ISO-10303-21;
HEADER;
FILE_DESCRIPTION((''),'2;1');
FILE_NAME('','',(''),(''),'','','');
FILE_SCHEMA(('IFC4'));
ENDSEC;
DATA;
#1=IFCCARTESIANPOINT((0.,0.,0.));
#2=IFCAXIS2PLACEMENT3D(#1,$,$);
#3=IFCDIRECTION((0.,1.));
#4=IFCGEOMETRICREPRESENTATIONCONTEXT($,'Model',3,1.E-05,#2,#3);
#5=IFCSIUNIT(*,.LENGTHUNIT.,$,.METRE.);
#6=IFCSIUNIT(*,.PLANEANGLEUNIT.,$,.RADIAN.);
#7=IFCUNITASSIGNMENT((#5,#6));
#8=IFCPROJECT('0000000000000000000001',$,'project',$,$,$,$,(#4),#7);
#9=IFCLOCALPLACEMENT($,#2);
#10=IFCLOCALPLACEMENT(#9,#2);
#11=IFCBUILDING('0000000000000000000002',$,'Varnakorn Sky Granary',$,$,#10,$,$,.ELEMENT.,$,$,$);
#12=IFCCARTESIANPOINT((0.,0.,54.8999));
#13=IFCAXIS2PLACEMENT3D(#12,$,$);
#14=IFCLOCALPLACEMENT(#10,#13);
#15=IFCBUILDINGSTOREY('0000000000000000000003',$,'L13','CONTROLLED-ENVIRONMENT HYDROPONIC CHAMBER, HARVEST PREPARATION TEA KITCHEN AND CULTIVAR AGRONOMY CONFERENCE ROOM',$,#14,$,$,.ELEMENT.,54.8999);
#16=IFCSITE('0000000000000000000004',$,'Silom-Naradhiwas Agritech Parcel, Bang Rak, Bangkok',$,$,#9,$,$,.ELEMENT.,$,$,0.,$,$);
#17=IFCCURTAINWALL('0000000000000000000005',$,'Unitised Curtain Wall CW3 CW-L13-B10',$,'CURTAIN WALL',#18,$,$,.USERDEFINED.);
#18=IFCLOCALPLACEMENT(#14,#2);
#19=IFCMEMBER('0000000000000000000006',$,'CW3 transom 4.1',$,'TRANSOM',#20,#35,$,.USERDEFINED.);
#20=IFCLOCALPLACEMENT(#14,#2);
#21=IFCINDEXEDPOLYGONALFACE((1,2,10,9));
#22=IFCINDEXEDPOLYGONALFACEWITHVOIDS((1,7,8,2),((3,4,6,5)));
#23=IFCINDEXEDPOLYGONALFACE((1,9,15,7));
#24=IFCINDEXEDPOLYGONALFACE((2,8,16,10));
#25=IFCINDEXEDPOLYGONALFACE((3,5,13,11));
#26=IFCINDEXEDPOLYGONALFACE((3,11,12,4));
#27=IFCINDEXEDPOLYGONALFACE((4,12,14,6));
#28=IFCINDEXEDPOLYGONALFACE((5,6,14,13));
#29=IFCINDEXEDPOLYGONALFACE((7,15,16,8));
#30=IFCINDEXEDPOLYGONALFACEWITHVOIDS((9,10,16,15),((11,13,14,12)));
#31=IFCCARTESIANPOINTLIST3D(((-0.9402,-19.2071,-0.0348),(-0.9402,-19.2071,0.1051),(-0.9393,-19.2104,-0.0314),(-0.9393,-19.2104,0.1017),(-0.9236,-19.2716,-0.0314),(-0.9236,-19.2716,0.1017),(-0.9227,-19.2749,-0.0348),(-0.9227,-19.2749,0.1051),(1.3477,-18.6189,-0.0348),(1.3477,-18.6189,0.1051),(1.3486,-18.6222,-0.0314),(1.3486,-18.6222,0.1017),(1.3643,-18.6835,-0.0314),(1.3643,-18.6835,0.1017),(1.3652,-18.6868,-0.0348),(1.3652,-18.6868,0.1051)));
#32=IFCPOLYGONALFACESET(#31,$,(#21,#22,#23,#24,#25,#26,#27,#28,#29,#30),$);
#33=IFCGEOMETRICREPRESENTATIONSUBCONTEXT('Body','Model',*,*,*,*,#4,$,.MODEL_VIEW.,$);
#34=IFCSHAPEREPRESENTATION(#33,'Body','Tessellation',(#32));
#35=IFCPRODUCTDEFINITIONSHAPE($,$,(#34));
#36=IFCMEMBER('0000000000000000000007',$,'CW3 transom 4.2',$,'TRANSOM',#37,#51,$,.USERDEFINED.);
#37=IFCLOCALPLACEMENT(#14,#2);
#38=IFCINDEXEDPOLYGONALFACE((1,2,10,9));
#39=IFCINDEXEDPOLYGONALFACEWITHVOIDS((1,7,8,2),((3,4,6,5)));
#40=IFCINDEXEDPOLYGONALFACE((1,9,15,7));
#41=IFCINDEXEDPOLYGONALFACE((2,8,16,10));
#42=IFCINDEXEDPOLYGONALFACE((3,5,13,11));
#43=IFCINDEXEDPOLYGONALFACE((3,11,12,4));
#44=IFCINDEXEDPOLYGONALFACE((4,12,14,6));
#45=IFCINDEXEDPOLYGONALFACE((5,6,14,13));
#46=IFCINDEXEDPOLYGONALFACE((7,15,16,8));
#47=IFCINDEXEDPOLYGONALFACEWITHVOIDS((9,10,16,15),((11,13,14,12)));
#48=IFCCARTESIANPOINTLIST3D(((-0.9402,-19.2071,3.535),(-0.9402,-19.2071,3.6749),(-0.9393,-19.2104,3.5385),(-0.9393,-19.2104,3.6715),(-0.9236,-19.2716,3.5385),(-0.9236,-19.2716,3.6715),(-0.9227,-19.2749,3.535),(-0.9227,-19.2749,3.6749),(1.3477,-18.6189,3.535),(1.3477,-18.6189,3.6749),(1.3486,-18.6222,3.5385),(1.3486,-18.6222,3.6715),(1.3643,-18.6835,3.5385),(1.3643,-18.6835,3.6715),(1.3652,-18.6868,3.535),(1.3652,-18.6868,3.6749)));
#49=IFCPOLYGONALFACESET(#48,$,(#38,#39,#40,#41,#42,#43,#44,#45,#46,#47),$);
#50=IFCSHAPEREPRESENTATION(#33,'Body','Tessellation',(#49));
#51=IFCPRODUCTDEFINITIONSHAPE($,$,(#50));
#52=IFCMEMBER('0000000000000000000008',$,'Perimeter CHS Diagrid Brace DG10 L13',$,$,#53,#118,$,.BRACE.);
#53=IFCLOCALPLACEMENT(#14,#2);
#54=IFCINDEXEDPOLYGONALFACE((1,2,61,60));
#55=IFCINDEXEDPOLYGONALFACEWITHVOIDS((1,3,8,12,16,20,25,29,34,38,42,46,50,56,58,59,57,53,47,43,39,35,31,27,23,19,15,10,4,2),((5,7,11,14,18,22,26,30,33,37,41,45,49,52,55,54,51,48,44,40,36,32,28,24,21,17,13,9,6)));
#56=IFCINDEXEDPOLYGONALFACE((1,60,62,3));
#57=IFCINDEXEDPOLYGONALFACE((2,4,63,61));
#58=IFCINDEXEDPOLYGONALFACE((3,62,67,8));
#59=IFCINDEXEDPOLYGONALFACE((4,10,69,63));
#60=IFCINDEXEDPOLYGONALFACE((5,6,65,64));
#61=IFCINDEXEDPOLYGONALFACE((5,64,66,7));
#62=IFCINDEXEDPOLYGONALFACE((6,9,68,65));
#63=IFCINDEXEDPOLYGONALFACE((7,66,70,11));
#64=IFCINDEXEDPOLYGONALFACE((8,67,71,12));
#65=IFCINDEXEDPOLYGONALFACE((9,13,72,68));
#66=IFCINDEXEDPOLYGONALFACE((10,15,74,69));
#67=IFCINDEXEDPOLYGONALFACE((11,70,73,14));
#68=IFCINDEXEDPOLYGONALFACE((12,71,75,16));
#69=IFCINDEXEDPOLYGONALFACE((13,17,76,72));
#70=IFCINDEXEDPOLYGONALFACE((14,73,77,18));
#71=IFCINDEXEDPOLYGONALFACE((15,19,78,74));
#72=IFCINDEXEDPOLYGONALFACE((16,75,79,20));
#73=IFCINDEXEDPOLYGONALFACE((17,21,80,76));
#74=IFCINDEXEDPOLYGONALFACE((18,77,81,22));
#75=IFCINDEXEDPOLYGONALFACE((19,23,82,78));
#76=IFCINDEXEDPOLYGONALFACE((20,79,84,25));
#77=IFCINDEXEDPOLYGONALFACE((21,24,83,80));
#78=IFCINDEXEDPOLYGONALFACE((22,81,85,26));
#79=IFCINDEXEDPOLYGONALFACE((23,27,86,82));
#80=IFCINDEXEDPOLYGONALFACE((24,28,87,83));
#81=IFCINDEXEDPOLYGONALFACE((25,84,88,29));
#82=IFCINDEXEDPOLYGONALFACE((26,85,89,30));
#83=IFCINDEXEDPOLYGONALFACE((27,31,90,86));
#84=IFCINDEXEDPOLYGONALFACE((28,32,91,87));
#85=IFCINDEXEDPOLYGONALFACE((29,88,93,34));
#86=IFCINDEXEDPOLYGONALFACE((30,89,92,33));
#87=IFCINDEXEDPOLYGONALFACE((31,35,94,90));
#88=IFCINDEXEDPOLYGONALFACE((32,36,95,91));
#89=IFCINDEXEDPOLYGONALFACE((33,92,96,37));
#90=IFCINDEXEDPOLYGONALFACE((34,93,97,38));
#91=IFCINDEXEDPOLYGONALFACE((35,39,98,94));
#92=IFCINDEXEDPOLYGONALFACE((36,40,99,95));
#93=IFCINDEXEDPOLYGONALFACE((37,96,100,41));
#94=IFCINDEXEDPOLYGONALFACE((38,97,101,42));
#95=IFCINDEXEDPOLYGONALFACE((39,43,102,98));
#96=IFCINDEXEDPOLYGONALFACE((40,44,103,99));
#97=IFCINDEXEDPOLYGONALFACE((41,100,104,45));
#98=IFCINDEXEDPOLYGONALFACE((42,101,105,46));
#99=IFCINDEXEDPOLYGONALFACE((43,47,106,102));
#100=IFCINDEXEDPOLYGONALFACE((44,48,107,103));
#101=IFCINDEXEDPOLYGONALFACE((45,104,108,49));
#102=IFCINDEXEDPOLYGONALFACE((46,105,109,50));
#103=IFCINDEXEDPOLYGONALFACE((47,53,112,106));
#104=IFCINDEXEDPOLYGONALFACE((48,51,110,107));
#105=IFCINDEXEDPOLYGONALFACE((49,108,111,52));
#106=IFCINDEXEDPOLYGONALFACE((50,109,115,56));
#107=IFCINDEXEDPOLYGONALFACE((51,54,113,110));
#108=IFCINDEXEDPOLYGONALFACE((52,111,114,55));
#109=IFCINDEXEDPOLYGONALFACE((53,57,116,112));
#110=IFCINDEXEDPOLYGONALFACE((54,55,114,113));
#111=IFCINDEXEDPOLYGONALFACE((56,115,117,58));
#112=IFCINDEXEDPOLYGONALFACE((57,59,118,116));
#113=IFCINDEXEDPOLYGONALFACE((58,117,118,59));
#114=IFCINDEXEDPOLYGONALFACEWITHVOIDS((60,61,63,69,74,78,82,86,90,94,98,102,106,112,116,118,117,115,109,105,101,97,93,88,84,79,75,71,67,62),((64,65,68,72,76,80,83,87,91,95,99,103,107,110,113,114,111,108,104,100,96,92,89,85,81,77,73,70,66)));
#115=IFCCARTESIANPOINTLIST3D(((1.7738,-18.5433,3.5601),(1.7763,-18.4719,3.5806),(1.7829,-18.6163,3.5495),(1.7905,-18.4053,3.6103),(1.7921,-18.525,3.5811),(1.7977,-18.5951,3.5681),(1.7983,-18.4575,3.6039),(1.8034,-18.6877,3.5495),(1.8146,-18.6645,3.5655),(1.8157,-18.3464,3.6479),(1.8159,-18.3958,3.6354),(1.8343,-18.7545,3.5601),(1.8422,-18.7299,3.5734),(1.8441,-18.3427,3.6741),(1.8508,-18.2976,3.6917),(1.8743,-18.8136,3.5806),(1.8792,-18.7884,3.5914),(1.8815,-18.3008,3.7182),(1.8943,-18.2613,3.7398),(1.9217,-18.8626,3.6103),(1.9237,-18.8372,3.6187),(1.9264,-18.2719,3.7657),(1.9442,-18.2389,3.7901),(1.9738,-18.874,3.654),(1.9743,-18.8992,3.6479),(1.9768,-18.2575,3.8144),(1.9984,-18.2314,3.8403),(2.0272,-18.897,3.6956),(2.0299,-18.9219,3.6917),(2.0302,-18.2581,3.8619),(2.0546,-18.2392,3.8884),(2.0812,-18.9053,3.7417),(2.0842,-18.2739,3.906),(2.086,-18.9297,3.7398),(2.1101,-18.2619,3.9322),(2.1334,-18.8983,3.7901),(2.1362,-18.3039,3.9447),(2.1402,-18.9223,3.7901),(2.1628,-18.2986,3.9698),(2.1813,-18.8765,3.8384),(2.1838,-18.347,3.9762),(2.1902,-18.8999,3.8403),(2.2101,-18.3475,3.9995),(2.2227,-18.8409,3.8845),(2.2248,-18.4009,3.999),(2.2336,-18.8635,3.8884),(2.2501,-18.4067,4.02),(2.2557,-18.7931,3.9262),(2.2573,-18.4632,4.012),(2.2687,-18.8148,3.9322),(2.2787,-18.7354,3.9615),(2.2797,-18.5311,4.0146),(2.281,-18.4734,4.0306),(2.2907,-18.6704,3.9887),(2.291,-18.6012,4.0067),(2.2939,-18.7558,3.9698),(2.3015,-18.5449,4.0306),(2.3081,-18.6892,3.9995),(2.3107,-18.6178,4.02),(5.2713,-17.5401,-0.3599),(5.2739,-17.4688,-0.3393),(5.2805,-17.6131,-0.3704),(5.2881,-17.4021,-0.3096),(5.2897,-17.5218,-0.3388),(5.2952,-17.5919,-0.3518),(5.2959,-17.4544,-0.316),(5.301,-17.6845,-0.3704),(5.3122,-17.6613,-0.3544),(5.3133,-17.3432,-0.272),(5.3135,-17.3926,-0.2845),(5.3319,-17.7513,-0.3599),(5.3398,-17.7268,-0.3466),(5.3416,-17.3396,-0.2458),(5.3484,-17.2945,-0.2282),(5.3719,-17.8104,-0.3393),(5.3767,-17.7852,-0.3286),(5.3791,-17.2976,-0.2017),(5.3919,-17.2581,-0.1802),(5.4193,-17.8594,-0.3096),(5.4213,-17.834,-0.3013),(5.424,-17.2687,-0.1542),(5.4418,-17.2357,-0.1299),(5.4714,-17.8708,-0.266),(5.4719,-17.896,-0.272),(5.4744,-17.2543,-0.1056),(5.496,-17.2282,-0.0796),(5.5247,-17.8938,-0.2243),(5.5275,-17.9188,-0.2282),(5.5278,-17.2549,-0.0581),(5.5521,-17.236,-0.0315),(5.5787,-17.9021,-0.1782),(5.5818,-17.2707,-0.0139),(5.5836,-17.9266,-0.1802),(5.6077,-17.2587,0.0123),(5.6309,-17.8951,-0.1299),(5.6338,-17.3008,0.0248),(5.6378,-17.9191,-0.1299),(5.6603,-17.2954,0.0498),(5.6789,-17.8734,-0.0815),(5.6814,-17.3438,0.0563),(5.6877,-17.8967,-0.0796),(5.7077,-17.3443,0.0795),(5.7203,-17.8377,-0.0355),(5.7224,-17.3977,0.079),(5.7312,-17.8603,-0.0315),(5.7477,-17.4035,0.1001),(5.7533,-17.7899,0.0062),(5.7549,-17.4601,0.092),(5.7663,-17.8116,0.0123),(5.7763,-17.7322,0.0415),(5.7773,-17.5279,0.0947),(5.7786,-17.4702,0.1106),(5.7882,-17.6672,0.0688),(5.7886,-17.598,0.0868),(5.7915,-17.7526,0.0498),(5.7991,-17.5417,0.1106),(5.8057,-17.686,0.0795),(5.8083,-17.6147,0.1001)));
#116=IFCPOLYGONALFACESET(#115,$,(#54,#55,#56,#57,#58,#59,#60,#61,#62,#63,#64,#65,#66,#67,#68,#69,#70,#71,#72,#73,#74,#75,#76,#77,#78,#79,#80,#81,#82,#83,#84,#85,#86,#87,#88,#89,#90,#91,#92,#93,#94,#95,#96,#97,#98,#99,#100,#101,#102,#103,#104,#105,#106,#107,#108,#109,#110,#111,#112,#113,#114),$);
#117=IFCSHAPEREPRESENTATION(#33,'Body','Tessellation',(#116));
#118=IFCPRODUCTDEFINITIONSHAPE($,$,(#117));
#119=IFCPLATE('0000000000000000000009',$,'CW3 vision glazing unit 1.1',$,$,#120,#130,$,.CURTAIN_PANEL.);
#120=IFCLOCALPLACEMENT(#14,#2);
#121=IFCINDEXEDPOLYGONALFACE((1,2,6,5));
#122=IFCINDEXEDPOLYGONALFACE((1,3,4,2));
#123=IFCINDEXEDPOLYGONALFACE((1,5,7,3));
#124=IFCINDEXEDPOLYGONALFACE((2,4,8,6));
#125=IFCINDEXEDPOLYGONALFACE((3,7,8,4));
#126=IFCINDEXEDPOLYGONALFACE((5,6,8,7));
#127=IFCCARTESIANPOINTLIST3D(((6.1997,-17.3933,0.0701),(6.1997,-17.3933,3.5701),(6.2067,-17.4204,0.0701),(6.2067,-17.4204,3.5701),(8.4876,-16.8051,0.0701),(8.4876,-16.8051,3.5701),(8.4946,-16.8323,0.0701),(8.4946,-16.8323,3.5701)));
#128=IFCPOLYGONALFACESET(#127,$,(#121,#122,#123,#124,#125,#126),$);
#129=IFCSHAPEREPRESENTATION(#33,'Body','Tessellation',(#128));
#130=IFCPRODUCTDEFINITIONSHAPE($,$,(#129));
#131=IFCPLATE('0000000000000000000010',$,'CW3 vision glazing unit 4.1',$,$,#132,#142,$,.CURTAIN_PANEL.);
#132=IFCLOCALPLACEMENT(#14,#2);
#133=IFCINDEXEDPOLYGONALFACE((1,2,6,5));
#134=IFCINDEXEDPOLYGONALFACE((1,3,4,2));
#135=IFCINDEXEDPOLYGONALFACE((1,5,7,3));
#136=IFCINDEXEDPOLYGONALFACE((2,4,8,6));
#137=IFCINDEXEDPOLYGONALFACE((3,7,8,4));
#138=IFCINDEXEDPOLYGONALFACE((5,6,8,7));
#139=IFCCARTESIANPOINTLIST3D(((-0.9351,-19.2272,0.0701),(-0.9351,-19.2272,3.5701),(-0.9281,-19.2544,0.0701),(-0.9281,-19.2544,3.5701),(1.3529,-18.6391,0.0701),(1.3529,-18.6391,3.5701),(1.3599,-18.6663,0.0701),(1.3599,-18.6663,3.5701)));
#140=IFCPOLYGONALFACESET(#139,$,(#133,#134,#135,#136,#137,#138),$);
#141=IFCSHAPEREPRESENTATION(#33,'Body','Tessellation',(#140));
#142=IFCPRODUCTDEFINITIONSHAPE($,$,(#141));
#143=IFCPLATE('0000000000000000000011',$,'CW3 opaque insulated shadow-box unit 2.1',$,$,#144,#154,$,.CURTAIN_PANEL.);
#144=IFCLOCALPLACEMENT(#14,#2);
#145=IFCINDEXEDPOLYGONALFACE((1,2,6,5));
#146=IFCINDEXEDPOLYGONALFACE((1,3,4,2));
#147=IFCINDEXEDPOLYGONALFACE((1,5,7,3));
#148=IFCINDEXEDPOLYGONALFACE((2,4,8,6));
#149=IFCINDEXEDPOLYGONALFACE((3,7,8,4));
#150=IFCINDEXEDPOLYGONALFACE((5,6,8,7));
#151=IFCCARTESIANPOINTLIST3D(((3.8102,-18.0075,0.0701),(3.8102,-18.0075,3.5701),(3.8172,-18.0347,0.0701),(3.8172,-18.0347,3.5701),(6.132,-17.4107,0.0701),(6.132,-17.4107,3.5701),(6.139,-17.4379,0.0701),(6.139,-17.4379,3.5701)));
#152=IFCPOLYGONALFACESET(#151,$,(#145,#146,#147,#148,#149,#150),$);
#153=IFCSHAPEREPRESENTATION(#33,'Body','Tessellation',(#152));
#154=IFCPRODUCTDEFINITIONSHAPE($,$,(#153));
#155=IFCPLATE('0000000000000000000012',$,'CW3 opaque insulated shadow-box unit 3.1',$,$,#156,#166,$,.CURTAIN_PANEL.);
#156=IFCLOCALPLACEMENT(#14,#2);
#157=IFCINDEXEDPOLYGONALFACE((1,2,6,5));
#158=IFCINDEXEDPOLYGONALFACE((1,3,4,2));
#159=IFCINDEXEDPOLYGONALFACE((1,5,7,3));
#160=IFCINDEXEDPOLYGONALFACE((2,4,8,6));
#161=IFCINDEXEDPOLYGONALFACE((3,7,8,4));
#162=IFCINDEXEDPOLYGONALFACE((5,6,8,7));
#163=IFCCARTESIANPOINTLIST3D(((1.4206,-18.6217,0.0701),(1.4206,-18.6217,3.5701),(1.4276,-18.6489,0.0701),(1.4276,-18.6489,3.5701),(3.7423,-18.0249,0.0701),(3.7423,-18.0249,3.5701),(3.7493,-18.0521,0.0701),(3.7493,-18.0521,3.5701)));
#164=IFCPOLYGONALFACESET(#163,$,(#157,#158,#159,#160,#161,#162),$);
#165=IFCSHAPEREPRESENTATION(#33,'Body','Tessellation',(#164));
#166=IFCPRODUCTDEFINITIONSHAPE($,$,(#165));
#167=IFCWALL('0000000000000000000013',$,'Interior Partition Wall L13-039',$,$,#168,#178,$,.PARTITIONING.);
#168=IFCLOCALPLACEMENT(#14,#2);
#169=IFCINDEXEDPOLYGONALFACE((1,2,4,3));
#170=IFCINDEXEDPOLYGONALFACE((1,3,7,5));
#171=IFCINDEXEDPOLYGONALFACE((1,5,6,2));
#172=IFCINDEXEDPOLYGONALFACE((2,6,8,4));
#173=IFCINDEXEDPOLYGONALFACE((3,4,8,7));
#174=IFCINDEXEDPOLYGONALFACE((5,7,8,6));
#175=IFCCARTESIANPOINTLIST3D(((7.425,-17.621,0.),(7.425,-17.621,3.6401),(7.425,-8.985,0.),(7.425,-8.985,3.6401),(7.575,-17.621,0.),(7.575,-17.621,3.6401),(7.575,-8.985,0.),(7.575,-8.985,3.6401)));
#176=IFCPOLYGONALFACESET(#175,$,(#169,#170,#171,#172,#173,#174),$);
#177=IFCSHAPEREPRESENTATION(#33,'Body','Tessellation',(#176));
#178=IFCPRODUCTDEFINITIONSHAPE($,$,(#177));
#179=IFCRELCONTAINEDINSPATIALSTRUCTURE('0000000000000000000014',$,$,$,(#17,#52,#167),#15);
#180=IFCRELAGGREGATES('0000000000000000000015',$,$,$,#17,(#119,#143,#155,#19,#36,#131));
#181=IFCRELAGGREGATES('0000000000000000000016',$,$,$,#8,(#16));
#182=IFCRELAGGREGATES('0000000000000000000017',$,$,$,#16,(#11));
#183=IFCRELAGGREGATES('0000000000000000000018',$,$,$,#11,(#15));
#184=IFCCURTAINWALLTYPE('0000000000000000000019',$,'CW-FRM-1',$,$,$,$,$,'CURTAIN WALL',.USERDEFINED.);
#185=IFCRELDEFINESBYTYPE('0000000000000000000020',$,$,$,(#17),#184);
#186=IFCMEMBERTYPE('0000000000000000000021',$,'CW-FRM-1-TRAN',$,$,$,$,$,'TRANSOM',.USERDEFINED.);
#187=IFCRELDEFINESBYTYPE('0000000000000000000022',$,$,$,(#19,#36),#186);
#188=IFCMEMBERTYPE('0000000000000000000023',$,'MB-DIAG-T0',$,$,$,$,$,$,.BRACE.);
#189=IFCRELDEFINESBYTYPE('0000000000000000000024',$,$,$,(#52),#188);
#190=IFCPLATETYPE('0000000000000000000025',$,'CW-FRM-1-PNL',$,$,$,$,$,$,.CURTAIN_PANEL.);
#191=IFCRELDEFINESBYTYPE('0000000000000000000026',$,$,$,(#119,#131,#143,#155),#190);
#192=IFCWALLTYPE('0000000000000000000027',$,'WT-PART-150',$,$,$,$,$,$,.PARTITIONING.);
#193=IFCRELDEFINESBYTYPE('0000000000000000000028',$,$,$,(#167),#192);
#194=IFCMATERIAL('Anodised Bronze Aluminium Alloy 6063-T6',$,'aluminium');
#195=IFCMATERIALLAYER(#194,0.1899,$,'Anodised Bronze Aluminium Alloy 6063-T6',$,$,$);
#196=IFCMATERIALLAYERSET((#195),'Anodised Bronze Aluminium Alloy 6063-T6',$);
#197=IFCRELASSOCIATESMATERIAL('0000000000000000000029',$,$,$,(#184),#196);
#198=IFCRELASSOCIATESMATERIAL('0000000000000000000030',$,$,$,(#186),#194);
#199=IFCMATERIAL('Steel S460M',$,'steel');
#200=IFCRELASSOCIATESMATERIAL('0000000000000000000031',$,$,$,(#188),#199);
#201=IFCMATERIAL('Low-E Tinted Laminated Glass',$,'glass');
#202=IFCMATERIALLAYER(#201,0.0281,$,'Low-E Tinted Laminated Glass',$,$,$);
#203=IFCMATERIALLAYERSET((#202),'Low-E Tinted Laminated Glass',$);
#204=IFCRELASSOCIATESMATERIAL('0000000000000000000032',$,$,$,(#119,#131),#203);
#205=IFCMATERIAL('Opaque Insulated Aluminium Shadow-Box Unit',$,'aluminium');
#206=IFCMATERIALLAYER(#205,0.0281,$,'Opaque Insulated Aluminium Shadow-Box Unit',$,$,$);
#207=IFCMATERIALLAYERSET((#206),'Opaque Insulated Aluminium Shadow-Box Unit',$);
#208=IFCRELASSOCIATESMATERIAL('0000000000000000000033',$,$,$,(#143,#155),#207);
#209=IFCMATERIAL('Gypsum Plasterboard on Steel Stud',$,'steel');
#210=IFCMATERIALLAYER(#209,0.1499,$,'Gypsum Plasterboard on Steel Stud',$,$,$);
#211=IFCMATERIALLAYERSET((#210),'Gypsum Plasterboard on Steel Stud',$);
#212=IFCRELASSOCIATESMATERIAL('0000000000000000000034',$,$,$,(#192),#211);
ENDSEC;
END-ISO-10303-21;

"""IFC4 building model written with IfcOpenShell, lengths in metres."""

from ifc_helpers import new_model, si_unit, direction, frame, frame_2d, origin, origin_2d, place, context, subcontext, project, spatial, rectangle, hollow_rectangle, hollow_circle, extrude, source, transform, mapped, material, layer, layer_set, material_profile, profile_set, type_object, type_shapes, element, aggregate, save


model = new_model("IFC4")

# Units and contexts
model_context = context("Model", 3, precision=1e-05, world=origin(), true_north=direction((0.0, 1.0)))
body_context = subcontext(model_context, "Body", "Model", "MODEL_VIEW")
ifc_project = project(units=[si_unit("LENGTHUNIT", "METRE"), si_unit("PLANEANGLEUNIT", "RADIAN")], contexts=[model_context])

# Site, building, storey
site_placement = place(None, origin())
site = spatial("IfcSite", under=ifc_project, at=site_placement, Name="Silom-Naradhiwas Agritech Parcel, Bang Rak, Bangkok", CompositionType="ELEMENT", RefElevation=0.0)
building_placement = place(site_placement, origin())
building = spatial("IfcBuilding", under=site, at=building_placement, Name="Varnakorn Sky Granary", CompositionType="ELEMENT")
storey_placement = place(building_placement, frame((0.0, 0.0, 54.8999)))
storey = spatial("IfcBuildingStorey", under=building, at=storey_placement, Name="L13", Description="CONTROLLED-ENVIRONMENT HYDROPONIC CHAMBER, HARVEST PREPARATION TEA KITCHEN AND CULTIVAR AGRONOMY CONFERENCE ROOM", CompositionType="ELEMENT", Elevation=54.8999)

# Curtain wall, members
ifc_material_1 = material(Name="Anodised Bronze Aluminium Alloy 6063-T6", Category="aluminium")
ifc_layer_1 = layer(ifc_material_1, 0.1899, Name="Anodised Bronze Aluminium Alloy 6063-T6")
ifc_layer_set_1 = layer_set([ifc_layer_1], Name="Anodised Bronze Aluminium Alloy 6063-T6")
curtain_wall_type = type_object("IfcCurtainWallType", Name="CW-FRM-1", ElementType="CURTAIN WALL", PredefinedType="USERDEFINED", material=ifc_layer_set_1)
curtain_wall_placement = place(storey_placement, origin())
curtain_wall = element("IfcCurtainWall", 1, at=curtain_wall_placement, inside=storey, type_object=curtain_wall_type, Name="Unitised Curtain Wall CW3 CW-L13-B10", ObjectType="CURTAIN WALL", PredefinedType="USERDEFINED")
ifc_material_profile_1 = material_profile(ifc_material_1, hollow_rectangle(XDim=0.0701, YDim=0.1399, WallThickness=0.0034, at=origin_2d()), Name="ALU TRAN 70x140")
ifc_profile_set_1 = profile_set([ifc_material_profile_1], Name="Anodised Bronze Aluminium Alloy 6063-T6")
member_type_1 = type_object("IfcMemberType", Name="CW-FRM-1-TRAN", ElementType="TRANSOM", PredefinedType="USERDEFINED", material=ifc_profile_set_1)
member_1_placement = place(storey_placement, frame((1.3564, -18.6528, 0.0352), z_axis=(-0.96851, -0.248975, 0.0), x_axis=(0.248975, -0.96851, 0.0)))
member_1 = element("IfcMember", 2, at=member_1_placement, type_object=member_type_1, Name="CW3 transom 4.1", ObjectType="TRANSOM", PredefinedType="USERDEFINED", context=body_context, shape_type="SweptSolid", body=[
    extrude(hollow_rectangle(XDim=0.0701, YDim=0.1399, WallThickness=0.0034, at=origin_2d()), origin(), (0.0, 0.0, 1.0), 2.3623),
])
member_2_placement = place(storey_placement, frame((1.3564, -18.6528, 3.605), z_axis=(-0.96851, -0.248975, 0.0), x_axis=(0.248975, -0.96851, 0.0)))
member_2 = element("IfcMember", 3, at=member_2_placement, type_object=member_type_1, Name="CW3 transom 4.2", ObjectType="TRANSOM", PredefinedType="USERDEFINED", context=body_context, shape_type="SweptSolid", body=[
    extrude(hollow_rectangle(XDim=0.0701, YDim=0.1399, WallThickness=0.0034, at=origin_2d()), origin(), (0.0, 0.0, 1.0), 2.3623),
])

# Member
ifc_material_2 = material(Name="Steel S460M", Category="steel")
ifc_material_profile_2 = material_profile(ifc_material_2, hollow_circle(Radius=0.3555, WallThickness=0.0249, at=origin_2d()), Name="CHS 711x25")
ifc_profile_set_2 = profile_set([ifc_material_profile_2], Name="Steel S460M")
member_type_2 = type_object("IfcMemberType", Name="MB-DIAG-T0", PredefinedType="BRACE", material=ifc_profile_set_2)
member_3_placement = place(storey_placement, frame((5.5398, -17.5774, -0.1299), z_axis=(-0.653949, -0.187566, 0.732919), x_axis=(0.275705, -0.961242, 0.0)))
element("IfcMember", 4, at=member_3_placement, inside=storey, type_object=member_type_2, Name="Perimeter CHS Diagrid Brace DG10 L13", PredefinedType="BRACE", context=body_context, shape_type="SweptSolid", body=[
    extrude(hollow_circle(Radius=0.3555, WallThickness=0.0249, at=origin_2d()), origin(), (0.0, 0.0, 1.0), 5.3484),
])

# Plates
ifc_material_3 = material(Name="Low-E Tinted Laminated Glass", Category="glass")
ifc_layer_2 = layer(ifc_material_3, 0.0281, Name="Low-E Tinted Laminated Glass")
ifc_layer_set_2 = layer_set([ifc_layer_2], Name="Low-E Tinted Laminated Glass")
plate_type = type_object("IfcPlateType", Name="CW-FRM-1-PNL", PredefinedType="CURTAIN_PANEL")
shared_shape_1 = source(origin(), body_context, "Body", "SweptSolid", [
    extrude(rectangle(XDim=2.3623, YDim=0.0281, at=origin_2d()), origin(), (0.0, 0.0, 1.0), 3.5),
])
plate_1_placement = place(storey_placement, frame((7.3472, -17.1128, 0.0701), z_axis=(0.0, 0.0, 1.0), x_axis=(-0.968515, -0.248956, 0.0)))
plate_1 = element("IfcPlate", 5, at=plate_1_placement, type_object=plate_type, material=ifc_layer_set_2, Name="CW3 vision glazing unit 1.1", PredefinedType="CURTAIN_PANEL", context=body_context, shape_type="MappedRepresentation", body=[
    mapped(shared_shape_1, transform((0.0, 0.0, 0.0), x_axis=(1.0, 0.0, 0.0), y_axis=(0.0, 1.0, 0.0), z_axis=(0.0, 0.0, 1.0), scale=1.0)),
])
plate_2_placement = place(storey_placement, frame((0.2124, -18.9468, 0.0701), z_axis=(0.0, 0.0, 1.0), x_axis=(-0.968515, -0.248956, 0.0)))
plate_2 = element("IfcPlate", 6, at=plate_2_placement, type_object=plate_type, material=ifc_layer_set_2, Name="CW3 vision glazing unit 4.1", PredefinedType="CURTAIN_PANEL", context=body_context, shape_type="MappedRepresentation", body=[
    mapped(shared_shape_1, transform((0.0, 0.0, 0.0), x_axis=(1.0, 0.0, 0.0), y_axis=(0.0, 1.0, 0.0), z_axis=(0.0, 0.0, 1.0), scale=1.0)),
])
ifc_material_4 = material(Name="Opaque Insulated Aluminium Shadow-Box Unit", Category="aluminium")
ifc_layer_3 = layer(ifc_material_4, 0.0281, Name="Opaque Insulated Aluminium Shadow-Box Unit")
ifc_layer_set_3 = layer_set([ifc_layer_3], Name="Opaque Insulated Aluminium Shadow-Box Unit")
shared_shape_2 = source(origin(), body_context, "Body", "SweptSolid", [
    extrude(rectangle(XDim=2.3972, YDim=0.0281, at=origin_2d()), origin(), (0.0, 0.0, 1.0), 3.5),
])
type_shapes(plate_type, [shared_shape_1, shared_shape_2])
plate_3_placement = place(storey_placement, frame((4.9746, -17.7227, 0.0701), z_axis=(0.0, 0.0, 1.0), x_axis=(-0.968515, -0.248956, 0.0)))
plate_3 = element("IfcPlate", 7, at=plate_3_placement, type_object=plate_type, material=ifc_layer_set_3, Name="CW3 opaque insulated shadow-box unit 2.1", PredefinedType="CURTAIN_PANEL", context=body_context, shape_type="MappedRepresentation", body=[
    mapped(shared_shape_2, transform((0.0, 0.0, 0.0), x_axis=(1.0, 0.0, 0.0), y_axis=(0.0, 1.0, 0.0), z_axis=(0.0, 0.0, 1.0), scale=1.0)),
])
plate_4_placement = place(storey_placement, frame((2.585, -18.3369, 0.0701), z_axis=(0.0, 0.0, 1.0), x_axis=(-0.968515, -0.248956, 0.0)))
plate_4 = element("IfcPlate", 8, at=plate_4_placement, type_object=plate_type, material=ifc_layer_set_3, Name="CW3 opaque insulated shadow-box unit 3.1", PredefinedType="CURTAIN_PANEL", context=body_context, shape_type="MappedRepresentation", body=[
    mapped(shared_shape_2, transform((0.0, 0.0, 0.0), x_axis=(1.0, 0.0, 0.0), y_axis=(0.0, 1.0, 0.0), z_axis=(0.0, 0.0, 1.0), scale=1.0)),
])
aggregate(curtain_wall, [plate_1, plate_3, plate_4, member_1, member_2, plate_2])

# Wall
ifc_material_5 = material(Name="Gypsum Plasterboard on Steel Stud", Category="steel")
ifc_layer_4 = layer(ifc_material_5, 0.1499, Name="Gypsum Plasterboard on Steel Stud")
ifc_layer_set_4 = layer_set([ifc_layer_4], Name="Gypsum Plasterboard on Steel Stud")
wall_type = type_object("IfcWallType", Name="WT-PART-150", PredefinedType="PARTITIONING", material=ifc_layer_set_4)
wall_placement = place(storey_placement, frame((7.5, -8.9851, 0.0), z_axis=(0.0, 0.0, 1.0), x_axis=(0.0, -1.0, 0.0)))
element("IfcWall", 9, at=wall_placement, inside=storey, type_object=wall_type, Name="Interior Partition Wall L13-039", PredefinedType="PARTITIONING", context=body_context, shape_type="SweptSolid", body=[
    extrude(rectangle(XDim=8.636, YDim=0.1499, at=frame_2d((4.3179, 0.0))), origin(), (0.0, 0.0, 1.0), 3.6401),
])

save(model, "model.ifc")
